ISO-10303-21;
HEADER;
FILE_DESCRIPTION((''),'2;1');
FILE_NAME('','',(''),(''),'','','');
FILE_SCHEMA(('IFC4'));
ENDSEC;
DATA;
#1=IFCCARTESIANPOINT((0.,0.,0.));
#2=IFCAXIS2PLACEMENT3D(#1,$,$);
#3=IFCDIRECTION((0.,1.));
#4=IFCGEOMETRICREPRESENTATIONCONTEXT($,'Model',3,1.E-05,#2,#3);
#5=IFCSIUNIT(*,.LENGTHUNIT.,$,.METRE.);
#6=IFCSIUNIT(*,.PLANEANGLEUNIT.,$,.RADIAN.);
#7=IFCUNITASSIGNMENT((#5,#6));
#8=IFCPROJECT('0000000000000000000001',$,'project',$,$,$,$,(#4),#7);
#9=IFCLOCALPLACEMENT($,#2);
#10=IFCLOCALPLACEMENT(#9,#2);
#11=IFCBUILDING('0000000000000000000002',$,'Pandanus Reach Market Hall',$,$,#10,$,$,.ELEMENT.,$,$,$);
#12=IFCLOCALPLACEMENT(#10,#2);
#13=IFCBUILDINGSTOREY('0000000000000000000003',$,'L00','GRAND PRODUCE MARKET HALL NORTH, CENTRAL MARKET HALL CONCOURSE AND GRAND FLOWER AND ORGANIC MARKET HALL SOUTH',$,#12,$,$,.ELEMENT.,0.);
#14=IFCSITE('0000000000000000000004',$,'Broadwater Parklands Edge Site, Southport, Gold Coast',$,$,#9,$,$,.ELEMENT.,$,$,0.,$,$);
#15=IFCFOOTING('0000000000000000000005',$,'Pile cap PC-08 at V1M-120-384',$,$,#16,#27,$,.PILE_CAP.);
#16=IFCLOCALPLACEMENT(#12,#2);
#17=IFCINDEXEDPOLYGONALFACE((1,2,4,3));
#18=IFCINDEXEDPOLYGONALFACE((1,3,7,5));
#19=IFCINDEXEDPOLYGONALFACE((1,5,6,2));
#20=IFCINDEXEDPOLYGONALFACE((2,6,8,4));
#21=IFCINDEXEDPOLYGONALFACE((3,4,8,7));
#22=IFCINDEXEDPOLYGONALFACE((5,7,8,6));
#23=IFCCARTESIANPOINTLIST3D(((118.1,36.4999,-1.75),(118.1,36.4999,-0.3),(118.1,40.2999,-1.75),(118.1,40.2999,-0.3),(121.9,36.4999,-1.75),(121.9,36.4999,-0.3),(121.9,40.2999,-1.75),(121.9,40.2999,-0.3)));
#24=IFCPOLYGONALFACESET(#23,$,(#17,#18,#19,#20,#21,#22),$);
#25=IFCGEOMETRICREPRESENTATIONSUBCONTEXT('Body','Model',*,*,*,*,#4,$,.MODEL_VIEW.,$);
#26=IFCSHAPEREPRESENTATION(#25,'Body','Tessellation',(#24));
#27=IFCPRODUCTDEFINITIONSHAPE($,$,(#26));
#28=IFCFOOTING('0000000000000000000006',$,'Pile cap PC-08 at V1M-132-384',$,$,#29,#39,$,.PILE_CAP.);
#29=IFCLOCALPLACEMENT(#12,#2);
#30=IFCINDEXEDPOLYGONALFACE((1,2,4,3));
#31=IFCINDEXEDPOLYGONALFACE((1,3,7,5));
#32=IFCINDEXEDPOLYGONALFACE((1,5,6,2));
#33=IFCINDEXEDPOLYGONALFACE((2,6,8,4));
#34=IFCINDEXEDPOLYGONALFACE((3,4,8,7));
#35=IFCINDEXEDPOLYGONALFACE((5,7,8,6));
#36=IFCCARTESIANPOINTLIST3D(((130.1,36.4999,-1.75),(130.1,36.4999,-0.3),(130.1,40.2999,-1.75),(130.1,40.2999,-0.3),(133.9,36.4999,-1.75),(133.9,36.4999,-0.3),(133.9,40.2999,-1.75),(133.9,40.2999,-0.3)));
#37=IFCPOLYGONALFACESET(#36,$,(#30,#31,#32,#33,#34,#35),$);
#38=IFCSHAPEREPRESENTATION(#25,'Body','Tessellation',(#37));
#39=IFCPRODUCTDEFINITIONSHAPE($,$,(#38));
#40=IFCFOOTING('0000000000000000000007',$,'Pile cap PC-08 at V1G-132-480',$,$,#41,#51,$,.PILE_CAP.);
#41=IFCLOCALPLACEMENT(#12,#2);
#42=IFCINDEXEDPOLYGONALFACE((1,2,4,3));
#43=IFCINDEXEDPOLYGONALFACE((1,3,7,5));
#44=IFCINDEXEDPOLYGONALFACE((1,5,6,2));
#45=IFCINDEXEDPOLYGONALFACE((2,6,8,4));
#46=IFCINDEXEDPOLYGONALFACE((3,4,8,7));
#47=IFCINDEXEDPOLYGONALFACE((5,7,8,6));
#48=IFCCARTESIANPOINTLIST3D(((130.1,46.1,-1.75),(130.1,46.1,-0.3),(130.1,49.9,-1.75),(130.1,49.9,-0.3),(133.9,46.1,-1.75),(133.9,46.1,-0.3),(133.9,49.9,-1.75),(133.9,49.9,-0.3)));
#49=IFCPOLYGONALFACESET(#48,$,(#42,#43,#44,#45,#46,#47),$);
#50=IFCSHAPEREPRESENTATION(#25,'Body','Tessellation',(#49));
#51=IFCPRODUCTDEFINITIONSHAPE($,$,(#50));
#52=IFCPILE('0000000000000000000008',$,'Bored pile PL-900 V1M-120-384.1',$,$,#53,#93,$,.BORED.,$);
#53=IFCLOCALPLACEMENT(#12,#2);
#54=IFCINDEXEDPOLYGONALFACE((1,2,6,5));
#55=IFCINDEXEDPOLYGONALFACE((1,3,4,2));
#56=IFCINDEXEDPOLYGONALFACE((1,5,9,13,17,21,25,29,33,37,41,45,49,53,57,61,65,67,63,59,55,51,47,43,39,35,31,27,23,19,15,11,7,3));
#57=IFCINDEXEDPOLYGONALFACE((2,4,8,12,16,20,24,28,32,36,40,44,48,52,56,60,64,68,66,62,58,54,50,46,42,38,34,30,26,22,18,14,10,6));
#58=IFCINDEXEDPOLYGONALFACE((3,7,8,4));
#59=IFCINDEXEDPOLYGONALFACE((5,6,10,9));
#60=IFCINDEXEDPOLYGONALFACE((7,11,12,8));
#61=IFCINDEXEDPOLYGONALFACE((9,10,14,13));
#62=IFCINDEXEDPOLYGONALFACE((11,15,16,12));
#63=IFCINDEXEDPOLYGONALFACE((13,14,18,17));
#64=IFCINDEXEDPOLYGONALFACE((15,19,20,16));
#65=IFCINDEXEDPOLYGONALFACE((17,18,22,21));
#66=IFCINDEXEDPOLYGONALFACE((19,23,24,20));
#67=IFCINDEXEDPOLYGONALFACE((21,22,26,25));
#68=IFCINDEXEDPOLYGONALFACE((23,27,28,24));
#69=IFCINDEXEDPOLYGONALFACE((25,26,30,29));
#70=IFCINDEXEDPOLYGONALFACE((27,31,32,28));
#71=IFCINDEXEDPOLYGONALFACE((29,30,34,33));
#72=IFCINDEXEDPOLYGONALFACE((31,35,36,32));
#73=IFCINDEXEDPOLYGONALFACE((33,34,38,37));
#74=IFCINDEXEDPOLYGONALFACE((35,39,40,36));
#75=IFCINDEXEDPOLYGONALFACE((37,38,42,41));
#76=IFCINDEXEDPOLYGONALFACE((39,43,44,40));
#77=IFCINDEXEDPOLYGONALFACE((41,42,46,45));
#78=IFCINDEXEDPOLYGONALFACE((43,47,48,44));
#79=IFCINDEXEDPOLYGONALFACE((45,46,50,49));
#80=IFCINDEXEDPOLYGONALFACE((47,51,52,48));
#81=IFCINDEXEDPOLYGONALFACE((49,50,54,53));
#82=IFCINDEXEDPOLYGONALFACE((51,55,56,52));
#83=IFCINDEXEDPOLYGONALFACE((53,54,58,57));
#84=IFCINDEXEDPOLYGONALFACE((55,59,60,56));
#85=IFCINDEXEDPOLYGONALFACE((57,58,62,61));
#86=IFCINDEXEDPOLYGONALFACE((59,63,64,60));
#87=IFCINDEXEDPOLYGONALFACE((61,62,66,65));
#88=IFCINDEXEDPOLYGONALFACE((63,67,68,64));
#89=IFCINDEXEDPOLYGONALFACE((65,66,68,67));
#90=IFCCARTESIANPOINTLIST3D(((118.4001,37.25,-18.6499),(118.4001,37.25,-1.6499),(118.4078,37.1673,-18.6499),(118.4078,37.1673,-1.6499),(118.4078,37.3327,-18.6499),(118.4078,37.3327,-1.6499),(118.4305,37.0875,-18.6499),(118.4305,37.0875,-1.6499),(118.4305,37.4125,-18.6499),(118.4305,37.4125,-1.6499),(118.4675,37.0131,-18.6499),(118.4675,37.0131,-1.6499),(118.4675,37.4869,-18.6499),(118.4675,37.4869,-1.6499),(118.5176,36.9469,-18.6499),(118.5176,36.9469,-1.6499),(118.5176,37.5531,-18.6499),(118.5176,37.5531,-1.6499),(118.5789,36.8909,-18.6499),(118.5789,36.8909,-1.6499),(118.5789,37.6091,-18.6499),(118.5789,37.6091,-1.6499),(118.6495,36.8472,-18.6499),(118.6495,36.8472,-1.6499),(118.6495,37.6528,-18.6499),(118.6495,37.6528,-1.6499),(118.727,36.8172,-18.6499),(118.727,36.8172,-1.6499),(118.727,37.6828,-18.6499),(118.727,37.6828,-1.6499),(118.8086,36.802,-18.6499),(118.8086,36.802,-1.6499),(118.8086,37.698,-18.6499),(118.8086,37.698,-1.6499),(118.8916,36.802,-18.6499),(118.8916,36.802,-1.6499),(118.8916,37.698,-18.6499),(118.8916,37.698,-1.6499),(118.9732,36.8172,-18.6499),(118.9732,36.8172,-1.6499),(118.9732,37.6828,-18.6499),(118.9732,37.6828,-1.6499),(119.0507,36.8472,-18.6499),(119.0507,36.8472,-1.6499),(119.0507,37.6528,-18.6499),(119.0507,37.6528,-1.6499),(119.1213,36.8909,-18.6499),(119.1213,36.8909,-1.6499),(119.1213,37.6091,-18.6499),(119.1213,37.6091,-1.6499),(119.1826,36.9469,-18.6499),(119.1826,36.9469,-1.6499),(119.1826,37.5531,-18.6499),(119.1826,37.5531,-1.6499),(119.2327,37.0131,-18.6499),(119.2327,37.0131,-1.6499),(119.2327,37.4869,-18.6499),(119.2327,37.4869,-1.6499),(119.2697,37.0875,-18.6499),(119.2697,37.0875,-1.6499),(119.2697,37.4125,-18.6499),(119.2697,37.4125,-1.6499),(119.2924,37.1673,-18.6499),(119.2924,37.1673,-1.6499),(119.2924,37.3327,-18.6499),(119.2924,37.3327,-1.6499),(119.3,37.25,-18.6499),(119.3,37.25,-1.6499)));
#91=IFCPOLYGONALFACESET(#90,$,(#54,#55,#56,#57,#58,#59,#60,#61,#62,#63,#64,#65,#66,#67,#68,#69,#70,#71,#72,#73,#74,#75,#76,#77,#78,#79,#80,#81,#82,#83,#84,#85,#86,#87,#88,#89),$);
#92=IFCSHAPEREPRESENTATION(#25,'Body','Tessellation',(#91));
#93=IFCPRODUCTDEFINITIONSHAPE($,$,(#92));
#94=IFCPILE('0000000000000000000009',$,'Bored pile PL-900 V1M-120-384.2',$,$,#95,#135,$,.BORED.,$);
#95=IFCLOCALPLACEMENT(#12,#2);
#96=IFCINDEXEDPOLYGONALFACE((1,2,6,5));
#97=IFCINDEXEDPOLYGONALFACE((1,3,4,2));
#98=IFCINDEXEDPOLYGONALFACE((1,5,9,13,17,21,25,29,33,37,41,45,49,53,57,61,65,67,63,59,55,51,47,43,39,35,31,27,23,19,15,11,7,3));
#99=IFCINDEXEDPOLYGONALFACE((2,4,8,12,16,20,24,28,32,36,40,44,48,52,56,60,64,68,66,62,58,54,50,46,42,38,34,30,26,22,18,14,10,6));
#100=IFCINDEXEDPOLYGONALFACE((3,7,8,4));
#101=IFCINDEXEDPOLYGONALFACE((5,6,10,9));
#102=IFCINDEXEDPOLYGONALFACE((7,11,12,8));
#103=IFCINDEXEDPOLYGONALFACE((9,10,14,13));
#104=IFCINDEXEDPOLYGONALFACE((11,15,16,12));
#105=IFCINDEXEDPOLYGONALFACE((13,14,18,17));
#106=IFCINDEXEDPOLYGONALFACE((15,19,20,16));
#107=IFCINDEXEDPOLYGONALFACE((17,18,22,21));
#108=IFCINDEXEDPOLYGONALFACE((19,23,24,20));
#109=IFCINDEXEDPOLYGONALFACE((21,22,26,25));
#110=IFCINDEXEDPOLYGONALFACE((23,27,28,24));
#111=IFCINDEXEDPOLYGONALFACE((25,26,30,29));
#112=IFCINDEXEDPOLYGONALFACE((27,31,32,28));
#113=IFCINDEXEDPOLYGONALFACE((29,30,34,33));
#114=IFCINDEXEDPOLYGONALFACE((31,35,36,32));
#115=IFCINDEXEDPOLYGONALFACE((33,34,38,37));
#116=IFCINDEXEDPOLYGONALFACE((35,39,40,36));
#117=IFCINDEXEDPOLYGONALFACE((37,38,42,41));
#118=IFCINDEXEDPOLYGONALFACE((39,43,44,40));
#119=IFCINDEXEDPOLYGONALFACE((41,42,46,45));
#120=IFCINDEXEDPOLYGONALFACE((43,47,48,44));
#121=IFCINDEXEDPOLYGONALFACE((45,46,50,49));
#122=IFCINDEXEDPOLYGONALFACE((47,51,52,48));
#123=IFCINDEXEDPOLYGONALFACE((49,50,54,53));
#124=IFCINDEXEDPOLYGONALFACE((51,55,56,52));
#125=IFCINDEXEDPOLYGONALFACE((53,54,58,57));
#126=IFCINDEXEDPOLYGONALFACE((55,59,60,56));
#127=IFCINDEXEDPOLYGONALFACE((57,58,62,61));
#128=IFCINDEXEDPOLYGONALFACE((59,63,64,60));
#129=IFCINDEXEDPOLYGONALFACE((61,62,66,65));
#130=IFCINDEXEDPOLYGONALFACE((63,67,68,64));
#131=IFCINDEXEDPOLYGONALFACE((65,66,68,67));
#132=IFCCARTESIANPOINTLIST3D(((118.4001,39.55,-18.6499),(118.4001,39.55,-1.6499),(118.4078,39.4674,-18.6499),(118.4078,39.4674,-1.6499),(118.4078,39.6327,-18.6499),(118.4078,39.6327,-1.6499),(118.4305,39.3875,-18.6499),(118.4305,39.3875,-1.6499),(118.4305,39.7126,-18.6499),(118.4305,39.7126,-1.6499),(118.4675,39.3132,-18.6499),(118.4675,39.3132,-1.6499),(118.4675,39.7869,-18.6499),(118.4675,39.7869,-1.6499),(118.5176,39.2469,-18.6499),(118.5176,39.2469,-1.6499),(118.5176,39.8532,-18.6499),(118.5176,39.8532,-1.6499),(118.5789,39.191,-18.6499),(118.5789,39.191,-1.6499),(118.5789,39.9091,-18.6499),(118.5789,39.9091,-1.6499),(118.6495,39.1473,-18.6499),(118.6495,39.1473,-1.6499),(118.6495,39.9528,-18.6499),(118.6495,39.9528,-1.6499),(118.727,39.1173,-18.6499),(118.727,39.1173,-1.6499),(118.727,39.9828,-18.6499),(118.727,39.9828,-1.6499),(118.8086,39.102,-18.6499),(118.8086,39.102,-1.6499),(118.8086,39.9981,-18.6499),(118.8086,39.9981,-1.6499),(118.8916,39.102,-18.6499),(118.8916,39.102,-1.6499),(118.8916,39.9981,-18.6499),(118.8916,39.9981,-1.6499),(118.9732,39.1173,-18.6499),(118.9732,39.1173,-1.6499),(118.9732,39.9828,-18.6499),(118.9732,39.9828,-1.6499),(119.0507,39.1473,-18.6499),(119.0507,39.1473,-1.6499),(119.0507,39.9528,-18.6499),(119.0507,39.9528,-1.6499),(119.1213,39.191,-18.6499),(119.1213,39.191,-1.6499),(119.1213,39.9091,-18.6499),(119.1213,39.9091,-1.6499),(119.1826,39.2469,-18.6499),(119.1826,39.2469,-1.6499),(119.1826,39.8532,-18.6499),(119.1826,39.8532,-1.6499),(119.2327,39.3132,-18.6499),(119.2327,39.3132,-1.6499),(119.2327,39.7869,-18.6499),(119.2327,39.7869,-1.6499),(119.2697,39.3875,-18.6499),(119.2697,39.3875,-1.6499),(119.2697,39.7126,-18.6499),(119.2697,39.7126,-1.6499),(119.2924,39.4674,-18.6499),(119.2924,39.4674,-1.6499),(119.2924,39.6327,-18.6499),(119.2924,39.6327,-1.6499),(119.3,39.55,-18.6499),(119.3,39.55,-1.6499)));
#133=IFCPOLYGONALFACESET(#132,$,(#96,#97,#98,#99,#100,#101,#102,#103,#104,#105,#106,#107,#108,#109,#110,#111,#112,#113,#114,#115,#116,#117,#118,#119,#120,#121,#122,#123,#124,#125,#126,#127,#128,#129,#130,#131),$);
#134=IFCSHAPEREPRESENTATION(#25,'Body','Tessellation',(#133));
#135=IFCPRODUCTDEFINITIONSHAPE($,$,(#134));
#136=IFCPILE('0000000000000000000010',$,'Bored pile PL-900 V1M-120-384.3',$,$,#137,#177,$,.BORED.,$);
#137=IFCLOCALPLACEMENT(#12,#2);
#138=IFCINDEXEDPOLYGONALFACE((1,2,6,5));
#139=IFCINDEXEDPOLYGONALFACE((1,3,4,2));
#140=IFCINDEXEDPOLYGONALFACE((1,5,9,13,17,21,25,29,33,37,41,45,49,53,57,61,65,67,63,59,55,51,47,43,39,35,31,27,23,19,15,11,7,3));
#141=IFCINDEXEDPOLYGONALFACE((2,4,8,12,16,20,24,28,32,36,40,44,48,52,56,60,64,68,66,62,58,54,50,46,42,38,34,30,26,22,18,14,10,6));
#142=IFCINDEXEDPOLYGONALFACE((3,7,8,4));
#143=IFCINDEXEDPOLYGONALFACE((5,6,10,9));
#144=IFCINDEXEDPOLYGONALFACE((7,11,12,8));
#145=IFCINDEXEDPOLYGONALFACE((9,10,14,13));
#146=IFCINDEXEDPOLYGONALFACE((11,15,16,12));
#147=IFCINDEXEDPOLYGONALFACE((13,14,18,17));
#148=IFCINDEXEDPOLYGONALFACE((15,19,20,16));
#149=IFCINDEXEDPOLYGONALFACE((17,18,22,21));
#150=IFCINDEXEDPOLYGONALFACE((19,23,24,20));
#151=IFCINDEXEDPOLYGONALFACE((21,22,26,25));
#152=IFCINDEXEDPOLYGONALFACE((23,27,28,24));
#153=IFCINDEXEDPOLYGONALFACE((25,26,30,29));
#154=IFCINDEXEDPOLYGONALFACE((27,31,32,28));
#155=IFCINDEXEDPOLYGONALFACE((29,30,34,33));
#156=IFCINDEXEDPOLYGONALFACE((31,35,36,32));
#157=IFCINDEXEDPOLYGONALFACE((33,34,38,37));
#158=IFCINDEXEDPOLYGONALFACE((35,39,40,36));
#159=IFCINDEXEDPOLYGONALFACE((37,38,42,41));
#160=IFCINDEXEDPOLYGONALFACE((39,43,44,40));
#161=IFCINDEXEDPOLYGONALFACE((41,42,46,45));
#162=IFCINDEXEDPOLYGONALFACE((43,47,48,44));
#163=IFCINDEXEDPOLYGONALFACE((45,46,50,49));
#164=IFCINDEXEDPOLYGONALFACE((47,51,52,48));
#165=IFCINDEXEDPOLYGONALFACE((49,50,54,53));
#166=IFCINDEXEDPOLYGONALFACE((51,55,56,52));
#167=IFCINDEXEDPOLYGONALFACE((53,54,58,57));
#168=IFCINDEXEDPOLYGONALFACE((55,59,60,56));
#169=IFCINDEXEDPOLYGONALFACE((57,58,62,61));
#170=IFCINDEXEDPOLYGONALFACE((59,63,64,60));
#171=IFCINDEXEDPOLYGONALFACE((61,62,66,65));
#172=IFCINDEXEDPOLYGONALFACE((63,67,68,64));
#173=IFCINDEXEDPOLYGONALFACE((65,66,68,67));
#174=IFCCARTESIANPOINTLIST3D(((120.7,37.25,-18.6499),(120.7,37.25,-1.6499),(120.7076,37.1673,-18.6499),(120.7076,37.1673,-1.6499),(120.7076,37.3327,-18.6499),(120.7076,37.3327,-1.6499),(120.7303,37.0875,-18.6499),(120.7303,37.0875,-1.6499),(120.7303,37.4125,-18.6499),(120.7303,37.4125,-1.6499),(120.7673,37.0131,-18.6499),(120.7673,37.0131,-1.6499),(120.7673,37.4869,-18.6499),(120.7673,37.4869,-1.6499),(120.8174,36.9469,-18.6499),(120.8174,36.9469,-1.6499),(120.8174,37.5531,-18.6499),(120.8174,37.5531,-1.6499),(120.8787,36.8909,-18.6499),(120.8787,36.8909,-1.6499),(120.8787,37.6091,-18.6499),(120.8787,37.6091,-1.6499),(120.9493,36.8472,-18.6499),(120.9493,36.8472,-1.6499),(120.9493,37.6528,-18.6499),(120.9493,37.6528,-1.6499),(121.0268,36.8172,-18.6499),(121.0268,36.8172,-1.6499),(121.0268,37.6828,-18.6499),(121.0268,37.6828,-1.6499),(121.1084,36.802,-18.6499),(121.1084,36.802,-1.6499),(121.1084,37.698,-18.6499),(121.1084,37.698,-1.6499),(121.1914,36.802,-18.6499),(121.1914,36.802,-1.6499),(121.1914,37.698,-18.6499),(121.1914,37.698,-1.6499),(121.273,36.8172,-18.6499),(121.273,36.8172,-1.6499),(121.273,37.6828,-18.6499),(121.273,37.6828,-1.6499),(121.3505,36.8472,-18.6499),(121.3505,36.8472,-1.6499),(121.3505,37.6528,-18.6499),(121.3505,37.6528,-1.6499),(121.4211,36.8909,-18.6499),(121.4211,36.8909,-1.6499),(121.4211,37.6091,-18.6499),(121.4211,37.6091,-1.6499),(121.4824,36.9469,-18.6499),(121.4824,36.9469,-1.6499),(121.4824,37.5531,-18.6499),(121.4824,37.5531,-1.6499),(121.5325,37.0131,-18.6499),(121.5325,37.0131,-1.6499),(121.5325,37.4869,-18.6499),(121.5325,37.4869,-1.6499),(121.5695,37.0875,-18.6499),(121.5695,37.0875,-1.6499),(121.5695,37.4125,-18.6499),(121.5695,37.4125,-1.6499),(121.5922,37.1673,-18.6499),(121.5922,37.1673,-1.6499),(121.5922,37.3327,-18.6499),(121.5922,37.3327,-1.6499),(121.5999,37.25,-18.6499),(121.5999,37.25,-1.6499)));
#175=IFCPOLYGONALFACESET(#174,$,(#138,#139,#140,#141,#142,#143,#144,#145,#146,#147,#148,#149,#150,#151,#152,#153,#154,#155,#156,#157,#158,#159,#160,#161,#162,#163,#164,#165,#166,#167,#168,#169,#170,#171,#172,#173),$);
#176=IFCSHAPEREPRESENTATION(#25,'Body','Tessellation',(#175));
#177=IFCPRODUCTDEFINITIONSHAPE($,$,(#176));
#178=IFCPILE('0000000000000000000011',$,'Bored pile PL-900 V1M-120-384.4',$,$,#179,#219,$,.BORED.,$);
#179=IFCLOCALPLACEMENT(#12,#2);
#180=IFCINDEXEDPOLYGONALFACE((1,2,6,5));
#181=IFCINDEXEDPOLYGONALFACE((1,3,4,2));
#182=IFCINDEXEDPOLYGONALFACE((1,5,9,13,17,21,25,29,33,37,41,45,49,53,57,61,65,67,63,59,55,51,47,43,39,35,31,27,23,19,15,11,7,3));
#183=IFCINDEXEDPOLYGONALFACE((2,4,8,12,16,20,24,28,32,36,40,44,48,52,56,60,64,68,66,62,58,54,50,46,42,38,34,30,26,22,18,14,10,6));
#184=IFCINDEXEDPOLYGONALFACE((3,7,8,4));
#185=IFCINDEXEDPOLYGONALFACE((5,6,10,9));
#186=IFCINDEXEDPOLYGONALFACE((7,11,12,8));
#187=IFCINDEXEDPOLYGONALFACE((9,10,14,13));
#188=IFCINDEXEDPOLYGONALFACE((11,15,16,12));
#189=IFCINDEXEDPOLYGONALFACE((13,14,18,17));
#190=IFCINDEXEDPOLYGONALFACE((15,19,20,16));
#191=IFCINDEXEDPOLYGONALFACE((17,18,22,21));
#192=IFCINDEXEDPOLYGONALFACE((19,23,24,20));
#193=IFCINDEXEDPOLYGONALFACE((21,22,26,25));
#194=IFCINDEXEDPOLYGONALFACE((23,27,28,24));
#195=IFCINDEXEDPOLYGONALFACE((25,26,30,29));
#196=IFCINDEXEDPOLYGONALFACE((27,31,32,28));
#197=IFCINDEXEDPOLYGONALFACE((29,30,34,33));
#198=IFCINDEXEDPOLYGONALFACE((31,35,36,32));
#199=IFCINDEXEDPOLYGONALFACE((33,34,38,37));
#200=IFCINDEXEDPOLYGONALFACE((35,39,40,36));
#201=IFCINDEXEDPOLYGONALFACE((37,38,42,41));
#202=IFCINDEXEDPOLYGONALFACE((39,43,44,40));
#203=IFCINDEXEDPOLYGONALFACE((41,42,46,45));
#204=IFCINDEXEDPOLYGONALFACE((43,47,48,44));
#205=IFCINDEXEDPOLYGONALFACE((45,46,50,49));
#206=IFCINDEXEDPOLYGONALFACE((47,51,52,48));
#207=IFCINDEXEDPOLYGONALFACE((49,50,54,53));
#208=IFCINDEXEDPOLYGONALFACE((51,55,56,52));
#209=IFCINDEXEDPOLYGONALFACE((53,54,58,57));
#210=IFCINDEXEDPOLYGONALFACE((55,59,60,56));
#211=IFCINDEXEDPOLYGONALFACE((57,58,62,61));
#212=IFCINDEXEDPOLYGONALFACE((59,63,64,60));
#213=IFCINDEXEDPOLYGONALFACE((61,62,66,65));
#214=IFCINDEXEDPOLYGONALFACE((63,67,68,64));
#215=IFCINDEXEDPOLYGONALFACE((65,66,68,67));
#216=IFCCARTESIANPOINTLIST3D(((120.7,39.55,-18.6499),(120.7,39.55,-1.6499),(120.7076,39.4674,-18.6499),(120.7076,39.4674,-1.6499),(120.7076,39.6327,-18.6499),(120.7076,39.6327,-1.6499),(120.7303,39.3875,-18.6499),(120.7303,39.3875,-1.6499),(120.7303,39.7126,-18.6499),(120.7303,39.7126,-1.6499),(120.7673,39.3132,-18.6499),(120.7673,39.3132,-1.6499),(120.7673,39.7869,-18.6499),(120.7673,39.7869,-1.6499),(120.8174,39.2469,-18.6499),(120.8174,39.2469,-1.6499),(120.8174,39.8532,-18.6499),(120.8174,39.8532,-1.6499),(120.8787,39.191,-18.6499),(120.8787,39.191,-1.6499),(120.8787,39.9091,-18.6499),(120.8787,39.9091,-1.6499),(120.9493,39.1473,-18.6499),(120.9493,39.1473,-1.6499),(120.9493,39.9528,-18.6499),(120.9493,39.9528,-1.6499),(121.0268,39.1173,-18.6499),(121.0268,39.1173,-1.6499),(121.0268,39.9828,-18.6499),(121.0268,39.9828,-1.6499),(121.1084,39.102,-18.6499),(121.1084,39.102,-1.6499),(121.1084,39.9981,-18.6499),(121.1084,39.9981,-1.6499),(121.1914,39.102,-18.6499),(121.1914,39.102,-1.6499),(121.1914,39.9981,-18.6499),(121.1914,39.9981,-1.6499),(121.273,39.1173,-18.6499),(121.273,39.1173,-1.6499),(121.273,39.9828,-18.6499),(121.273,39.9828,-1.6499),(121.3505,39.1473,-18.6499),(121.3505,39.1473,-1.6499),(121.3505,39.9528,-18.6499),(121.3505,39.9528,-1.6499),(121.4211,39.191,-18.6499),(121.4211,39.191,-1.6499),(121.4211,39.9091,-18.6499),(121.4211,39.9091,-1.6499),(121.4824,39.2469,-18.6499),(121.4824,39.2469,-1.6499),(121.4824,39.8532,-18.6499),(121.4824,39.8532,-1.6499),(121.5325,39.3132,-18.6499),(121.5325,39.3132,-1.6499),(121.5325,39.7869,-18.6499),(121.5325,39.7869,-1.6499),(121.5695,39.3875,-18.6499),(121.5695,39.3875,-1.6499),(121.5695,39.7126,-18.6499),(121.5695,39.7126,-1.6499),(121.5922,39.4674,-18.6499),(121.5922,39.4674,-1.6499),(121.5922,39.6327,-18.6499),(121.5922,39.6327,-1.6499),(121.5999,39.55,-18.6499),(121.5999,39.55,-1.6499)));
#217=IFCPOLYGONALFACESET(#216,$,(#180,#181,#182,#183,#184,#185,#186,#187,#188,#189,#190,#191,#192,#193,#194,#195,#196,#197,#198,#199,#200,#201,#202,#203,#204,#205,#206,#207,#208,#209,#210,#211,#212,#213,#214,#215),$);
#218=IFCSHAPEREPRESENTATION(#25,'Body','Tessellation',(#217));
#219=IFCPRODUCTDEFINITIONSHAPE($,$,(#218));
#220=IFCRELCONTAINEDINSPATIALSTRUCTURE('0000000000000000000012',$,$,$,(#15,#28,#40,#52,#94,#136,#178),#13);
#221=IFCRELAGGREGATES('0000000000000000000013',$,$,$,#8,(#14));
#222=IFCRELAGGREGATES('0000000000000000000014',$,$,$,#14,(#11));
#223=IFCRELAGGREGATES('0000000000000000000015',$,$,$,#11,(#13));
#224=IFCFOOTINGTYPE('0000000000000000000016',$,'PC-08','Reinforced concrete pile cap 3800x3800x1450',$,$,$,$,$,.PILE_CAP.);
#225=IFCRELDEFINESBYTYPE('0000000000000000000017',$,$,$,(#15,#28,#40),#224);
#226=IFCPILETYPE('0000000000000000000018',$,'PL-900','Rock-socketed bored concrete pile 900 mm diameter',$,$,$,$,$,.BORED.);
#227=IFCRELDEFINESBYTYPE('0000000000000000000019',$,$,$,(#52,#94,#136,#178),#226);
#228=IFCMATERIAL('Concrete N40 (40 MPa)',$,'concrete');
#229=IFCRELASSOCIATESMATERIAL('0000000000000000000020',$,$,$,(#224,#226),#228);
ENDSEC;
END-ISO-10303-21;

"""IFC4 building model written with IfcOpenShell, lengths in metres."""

from ifc_helpers import new_model, si_unit, direction, frame, origin, origin_2d, place, context, subcontext, project, spatial, rectangle, circle, extrude, material, material_profile, profile_set, type_object, element, save


model = new_model("IFC4")

# Units and contexts
model_context = context("Model", 3, precision=1e-05, world=origin(), true_north=direction((0.0, 1.0)))
body_context = subcontext(model_context, "Body", "Model", "MODEL_VIEW")
ifc_project = project(units=[si_unit("LENGTHUNIT", "METRE"), si_unit("PLANEANGLEUNIT", "RADIAN")], contexts=[model_context])

# Site, building, storey
site_placement = place(None, origin())
site = spatial("IfcSite", under=ifc_project, at=site_placement, Name="Broadwater Parklands Edge Site, Southport, Gold Coast", CompositionType="ELEMENT", RefElevation=0.0)
building_placement = place(site_placement, origin())
building = spatial("IfcBuilding", under=site, at=building_placement, Name="Pandanus Reach Market Hall", CompositionType="ELEMENT")
storey_placement = place(building_placement, origin())
storey = spatial("IfcBuildingStorey", under=building, at=storey_placement, Name="L00", Description="GRAND PRODUCE MARKET HALL NORTH, CENTRAL MARKET HALL CONCOURSE AND GRAND FLOWER AND ORGANIC MARKET HALL SOUTH", CompositionType="ELEMENT", Elevation=0.0)

# Footings
ifc_material_1 = material(Name="Concrete N40 (40 MPa)", Category="concrete")
footing_type = type_object("IfcFootingType", Name="PC-08", Description="Reinforced concrete pile cap 3800x3800x1450", PredefinedType="PILE_CAP", material=ifc_material_1)
for number, where, z_axis, x_axis, name in (
    (1, (120.0, 38.3999, -1.75), (0.0, 0.0, 1.0), (1.0, 0.0, 0.0), "Pile cap PC-08 at V1M-120-384"),
    (2, (132.0, 38.3999, -1.75), (0.0, 0.0, 1.0), (1.0, 0.0, 0.0), "Pile cap PC-08 at V1M-132-384"),
    (3, (132.0, 48.0, -1.75), (0.0, 0.0, 1.0), (1.0, 0.0, 0.0), "Pile cap PC-08 at V1G-132-480"),
):
    element("IfcFooting", number, at=place(storey_placement, frame(where, z_axis=z_axis, x_axis=x_axis)), inside=storey, type_object=footing_type, Name=name, PredefinedType="PILE_CAP", context=body_context, shape_type="SweptSolid", body=[
        extrude(rectangle(XDim=3.8, YDim=3.8, at=origin_2d()), origin(), (0.0, 0.0, 1.0), 1.45),
    ])

# Piles
ifc_material_profile_1 = material_profile(ifc_material_1, circle(Radius=0.45, at=origin_2d()), Name="PILE-900D", Category="LoadBearing")
ifc_profile_set_1 = profile_set([ifc_material_profile_1], Name="Concrete N40 (40 MPa)")
pile_type = type_object("IfcPileType", Name="PL-900", Description="Rock-socketed bored concrete pile 900 mm diameter", PredefinedType="BORED", material=ifc_profile_set_1)
for number, where, z_axis, x_axis, name in (
    (4, (118.8501, 37.25, -1.6499), (0.0, 0.0, -1.0), (1.0, 0.0, 0.0), "Bored pile PL-900 V1M-120-384.1"),
    (5, (118.8501, 39.55, -1.6499), (0.0, 0.0, -1.0), (1.0, 0.0, 0.0), "Bored pile PL-900 V1M-120-384.2"),
    (6, (121.1499, 37.25, -1.6499), (0.0, 0.0, -1.0), (1.0, 0.0, 0.0), "Bored pile PL-900 V1M-120-384.3"),
    (7, (121.1499, 39.55, -1.6499), (0.0, 0.0, -1.0), (1.0, 0.0, 0.0), "Bored pile PL-900 V1M-120-384.4"),
):
    element("IfcPile", number, at=place(storey_placement, frame(where, z_axis=z_axis, x_axis=x_axis)), inside=storey, type_object=pile_type, Name=name, PredefinedType="BORED", context=body_context, shape_type="SweptSolid", body=[
        extrude(circle(Radius=0.45, at=origin_2d()), origin(), (0.0, 0.0, 1.0), 17.0),
    ])

save(model, "model.ifc")
